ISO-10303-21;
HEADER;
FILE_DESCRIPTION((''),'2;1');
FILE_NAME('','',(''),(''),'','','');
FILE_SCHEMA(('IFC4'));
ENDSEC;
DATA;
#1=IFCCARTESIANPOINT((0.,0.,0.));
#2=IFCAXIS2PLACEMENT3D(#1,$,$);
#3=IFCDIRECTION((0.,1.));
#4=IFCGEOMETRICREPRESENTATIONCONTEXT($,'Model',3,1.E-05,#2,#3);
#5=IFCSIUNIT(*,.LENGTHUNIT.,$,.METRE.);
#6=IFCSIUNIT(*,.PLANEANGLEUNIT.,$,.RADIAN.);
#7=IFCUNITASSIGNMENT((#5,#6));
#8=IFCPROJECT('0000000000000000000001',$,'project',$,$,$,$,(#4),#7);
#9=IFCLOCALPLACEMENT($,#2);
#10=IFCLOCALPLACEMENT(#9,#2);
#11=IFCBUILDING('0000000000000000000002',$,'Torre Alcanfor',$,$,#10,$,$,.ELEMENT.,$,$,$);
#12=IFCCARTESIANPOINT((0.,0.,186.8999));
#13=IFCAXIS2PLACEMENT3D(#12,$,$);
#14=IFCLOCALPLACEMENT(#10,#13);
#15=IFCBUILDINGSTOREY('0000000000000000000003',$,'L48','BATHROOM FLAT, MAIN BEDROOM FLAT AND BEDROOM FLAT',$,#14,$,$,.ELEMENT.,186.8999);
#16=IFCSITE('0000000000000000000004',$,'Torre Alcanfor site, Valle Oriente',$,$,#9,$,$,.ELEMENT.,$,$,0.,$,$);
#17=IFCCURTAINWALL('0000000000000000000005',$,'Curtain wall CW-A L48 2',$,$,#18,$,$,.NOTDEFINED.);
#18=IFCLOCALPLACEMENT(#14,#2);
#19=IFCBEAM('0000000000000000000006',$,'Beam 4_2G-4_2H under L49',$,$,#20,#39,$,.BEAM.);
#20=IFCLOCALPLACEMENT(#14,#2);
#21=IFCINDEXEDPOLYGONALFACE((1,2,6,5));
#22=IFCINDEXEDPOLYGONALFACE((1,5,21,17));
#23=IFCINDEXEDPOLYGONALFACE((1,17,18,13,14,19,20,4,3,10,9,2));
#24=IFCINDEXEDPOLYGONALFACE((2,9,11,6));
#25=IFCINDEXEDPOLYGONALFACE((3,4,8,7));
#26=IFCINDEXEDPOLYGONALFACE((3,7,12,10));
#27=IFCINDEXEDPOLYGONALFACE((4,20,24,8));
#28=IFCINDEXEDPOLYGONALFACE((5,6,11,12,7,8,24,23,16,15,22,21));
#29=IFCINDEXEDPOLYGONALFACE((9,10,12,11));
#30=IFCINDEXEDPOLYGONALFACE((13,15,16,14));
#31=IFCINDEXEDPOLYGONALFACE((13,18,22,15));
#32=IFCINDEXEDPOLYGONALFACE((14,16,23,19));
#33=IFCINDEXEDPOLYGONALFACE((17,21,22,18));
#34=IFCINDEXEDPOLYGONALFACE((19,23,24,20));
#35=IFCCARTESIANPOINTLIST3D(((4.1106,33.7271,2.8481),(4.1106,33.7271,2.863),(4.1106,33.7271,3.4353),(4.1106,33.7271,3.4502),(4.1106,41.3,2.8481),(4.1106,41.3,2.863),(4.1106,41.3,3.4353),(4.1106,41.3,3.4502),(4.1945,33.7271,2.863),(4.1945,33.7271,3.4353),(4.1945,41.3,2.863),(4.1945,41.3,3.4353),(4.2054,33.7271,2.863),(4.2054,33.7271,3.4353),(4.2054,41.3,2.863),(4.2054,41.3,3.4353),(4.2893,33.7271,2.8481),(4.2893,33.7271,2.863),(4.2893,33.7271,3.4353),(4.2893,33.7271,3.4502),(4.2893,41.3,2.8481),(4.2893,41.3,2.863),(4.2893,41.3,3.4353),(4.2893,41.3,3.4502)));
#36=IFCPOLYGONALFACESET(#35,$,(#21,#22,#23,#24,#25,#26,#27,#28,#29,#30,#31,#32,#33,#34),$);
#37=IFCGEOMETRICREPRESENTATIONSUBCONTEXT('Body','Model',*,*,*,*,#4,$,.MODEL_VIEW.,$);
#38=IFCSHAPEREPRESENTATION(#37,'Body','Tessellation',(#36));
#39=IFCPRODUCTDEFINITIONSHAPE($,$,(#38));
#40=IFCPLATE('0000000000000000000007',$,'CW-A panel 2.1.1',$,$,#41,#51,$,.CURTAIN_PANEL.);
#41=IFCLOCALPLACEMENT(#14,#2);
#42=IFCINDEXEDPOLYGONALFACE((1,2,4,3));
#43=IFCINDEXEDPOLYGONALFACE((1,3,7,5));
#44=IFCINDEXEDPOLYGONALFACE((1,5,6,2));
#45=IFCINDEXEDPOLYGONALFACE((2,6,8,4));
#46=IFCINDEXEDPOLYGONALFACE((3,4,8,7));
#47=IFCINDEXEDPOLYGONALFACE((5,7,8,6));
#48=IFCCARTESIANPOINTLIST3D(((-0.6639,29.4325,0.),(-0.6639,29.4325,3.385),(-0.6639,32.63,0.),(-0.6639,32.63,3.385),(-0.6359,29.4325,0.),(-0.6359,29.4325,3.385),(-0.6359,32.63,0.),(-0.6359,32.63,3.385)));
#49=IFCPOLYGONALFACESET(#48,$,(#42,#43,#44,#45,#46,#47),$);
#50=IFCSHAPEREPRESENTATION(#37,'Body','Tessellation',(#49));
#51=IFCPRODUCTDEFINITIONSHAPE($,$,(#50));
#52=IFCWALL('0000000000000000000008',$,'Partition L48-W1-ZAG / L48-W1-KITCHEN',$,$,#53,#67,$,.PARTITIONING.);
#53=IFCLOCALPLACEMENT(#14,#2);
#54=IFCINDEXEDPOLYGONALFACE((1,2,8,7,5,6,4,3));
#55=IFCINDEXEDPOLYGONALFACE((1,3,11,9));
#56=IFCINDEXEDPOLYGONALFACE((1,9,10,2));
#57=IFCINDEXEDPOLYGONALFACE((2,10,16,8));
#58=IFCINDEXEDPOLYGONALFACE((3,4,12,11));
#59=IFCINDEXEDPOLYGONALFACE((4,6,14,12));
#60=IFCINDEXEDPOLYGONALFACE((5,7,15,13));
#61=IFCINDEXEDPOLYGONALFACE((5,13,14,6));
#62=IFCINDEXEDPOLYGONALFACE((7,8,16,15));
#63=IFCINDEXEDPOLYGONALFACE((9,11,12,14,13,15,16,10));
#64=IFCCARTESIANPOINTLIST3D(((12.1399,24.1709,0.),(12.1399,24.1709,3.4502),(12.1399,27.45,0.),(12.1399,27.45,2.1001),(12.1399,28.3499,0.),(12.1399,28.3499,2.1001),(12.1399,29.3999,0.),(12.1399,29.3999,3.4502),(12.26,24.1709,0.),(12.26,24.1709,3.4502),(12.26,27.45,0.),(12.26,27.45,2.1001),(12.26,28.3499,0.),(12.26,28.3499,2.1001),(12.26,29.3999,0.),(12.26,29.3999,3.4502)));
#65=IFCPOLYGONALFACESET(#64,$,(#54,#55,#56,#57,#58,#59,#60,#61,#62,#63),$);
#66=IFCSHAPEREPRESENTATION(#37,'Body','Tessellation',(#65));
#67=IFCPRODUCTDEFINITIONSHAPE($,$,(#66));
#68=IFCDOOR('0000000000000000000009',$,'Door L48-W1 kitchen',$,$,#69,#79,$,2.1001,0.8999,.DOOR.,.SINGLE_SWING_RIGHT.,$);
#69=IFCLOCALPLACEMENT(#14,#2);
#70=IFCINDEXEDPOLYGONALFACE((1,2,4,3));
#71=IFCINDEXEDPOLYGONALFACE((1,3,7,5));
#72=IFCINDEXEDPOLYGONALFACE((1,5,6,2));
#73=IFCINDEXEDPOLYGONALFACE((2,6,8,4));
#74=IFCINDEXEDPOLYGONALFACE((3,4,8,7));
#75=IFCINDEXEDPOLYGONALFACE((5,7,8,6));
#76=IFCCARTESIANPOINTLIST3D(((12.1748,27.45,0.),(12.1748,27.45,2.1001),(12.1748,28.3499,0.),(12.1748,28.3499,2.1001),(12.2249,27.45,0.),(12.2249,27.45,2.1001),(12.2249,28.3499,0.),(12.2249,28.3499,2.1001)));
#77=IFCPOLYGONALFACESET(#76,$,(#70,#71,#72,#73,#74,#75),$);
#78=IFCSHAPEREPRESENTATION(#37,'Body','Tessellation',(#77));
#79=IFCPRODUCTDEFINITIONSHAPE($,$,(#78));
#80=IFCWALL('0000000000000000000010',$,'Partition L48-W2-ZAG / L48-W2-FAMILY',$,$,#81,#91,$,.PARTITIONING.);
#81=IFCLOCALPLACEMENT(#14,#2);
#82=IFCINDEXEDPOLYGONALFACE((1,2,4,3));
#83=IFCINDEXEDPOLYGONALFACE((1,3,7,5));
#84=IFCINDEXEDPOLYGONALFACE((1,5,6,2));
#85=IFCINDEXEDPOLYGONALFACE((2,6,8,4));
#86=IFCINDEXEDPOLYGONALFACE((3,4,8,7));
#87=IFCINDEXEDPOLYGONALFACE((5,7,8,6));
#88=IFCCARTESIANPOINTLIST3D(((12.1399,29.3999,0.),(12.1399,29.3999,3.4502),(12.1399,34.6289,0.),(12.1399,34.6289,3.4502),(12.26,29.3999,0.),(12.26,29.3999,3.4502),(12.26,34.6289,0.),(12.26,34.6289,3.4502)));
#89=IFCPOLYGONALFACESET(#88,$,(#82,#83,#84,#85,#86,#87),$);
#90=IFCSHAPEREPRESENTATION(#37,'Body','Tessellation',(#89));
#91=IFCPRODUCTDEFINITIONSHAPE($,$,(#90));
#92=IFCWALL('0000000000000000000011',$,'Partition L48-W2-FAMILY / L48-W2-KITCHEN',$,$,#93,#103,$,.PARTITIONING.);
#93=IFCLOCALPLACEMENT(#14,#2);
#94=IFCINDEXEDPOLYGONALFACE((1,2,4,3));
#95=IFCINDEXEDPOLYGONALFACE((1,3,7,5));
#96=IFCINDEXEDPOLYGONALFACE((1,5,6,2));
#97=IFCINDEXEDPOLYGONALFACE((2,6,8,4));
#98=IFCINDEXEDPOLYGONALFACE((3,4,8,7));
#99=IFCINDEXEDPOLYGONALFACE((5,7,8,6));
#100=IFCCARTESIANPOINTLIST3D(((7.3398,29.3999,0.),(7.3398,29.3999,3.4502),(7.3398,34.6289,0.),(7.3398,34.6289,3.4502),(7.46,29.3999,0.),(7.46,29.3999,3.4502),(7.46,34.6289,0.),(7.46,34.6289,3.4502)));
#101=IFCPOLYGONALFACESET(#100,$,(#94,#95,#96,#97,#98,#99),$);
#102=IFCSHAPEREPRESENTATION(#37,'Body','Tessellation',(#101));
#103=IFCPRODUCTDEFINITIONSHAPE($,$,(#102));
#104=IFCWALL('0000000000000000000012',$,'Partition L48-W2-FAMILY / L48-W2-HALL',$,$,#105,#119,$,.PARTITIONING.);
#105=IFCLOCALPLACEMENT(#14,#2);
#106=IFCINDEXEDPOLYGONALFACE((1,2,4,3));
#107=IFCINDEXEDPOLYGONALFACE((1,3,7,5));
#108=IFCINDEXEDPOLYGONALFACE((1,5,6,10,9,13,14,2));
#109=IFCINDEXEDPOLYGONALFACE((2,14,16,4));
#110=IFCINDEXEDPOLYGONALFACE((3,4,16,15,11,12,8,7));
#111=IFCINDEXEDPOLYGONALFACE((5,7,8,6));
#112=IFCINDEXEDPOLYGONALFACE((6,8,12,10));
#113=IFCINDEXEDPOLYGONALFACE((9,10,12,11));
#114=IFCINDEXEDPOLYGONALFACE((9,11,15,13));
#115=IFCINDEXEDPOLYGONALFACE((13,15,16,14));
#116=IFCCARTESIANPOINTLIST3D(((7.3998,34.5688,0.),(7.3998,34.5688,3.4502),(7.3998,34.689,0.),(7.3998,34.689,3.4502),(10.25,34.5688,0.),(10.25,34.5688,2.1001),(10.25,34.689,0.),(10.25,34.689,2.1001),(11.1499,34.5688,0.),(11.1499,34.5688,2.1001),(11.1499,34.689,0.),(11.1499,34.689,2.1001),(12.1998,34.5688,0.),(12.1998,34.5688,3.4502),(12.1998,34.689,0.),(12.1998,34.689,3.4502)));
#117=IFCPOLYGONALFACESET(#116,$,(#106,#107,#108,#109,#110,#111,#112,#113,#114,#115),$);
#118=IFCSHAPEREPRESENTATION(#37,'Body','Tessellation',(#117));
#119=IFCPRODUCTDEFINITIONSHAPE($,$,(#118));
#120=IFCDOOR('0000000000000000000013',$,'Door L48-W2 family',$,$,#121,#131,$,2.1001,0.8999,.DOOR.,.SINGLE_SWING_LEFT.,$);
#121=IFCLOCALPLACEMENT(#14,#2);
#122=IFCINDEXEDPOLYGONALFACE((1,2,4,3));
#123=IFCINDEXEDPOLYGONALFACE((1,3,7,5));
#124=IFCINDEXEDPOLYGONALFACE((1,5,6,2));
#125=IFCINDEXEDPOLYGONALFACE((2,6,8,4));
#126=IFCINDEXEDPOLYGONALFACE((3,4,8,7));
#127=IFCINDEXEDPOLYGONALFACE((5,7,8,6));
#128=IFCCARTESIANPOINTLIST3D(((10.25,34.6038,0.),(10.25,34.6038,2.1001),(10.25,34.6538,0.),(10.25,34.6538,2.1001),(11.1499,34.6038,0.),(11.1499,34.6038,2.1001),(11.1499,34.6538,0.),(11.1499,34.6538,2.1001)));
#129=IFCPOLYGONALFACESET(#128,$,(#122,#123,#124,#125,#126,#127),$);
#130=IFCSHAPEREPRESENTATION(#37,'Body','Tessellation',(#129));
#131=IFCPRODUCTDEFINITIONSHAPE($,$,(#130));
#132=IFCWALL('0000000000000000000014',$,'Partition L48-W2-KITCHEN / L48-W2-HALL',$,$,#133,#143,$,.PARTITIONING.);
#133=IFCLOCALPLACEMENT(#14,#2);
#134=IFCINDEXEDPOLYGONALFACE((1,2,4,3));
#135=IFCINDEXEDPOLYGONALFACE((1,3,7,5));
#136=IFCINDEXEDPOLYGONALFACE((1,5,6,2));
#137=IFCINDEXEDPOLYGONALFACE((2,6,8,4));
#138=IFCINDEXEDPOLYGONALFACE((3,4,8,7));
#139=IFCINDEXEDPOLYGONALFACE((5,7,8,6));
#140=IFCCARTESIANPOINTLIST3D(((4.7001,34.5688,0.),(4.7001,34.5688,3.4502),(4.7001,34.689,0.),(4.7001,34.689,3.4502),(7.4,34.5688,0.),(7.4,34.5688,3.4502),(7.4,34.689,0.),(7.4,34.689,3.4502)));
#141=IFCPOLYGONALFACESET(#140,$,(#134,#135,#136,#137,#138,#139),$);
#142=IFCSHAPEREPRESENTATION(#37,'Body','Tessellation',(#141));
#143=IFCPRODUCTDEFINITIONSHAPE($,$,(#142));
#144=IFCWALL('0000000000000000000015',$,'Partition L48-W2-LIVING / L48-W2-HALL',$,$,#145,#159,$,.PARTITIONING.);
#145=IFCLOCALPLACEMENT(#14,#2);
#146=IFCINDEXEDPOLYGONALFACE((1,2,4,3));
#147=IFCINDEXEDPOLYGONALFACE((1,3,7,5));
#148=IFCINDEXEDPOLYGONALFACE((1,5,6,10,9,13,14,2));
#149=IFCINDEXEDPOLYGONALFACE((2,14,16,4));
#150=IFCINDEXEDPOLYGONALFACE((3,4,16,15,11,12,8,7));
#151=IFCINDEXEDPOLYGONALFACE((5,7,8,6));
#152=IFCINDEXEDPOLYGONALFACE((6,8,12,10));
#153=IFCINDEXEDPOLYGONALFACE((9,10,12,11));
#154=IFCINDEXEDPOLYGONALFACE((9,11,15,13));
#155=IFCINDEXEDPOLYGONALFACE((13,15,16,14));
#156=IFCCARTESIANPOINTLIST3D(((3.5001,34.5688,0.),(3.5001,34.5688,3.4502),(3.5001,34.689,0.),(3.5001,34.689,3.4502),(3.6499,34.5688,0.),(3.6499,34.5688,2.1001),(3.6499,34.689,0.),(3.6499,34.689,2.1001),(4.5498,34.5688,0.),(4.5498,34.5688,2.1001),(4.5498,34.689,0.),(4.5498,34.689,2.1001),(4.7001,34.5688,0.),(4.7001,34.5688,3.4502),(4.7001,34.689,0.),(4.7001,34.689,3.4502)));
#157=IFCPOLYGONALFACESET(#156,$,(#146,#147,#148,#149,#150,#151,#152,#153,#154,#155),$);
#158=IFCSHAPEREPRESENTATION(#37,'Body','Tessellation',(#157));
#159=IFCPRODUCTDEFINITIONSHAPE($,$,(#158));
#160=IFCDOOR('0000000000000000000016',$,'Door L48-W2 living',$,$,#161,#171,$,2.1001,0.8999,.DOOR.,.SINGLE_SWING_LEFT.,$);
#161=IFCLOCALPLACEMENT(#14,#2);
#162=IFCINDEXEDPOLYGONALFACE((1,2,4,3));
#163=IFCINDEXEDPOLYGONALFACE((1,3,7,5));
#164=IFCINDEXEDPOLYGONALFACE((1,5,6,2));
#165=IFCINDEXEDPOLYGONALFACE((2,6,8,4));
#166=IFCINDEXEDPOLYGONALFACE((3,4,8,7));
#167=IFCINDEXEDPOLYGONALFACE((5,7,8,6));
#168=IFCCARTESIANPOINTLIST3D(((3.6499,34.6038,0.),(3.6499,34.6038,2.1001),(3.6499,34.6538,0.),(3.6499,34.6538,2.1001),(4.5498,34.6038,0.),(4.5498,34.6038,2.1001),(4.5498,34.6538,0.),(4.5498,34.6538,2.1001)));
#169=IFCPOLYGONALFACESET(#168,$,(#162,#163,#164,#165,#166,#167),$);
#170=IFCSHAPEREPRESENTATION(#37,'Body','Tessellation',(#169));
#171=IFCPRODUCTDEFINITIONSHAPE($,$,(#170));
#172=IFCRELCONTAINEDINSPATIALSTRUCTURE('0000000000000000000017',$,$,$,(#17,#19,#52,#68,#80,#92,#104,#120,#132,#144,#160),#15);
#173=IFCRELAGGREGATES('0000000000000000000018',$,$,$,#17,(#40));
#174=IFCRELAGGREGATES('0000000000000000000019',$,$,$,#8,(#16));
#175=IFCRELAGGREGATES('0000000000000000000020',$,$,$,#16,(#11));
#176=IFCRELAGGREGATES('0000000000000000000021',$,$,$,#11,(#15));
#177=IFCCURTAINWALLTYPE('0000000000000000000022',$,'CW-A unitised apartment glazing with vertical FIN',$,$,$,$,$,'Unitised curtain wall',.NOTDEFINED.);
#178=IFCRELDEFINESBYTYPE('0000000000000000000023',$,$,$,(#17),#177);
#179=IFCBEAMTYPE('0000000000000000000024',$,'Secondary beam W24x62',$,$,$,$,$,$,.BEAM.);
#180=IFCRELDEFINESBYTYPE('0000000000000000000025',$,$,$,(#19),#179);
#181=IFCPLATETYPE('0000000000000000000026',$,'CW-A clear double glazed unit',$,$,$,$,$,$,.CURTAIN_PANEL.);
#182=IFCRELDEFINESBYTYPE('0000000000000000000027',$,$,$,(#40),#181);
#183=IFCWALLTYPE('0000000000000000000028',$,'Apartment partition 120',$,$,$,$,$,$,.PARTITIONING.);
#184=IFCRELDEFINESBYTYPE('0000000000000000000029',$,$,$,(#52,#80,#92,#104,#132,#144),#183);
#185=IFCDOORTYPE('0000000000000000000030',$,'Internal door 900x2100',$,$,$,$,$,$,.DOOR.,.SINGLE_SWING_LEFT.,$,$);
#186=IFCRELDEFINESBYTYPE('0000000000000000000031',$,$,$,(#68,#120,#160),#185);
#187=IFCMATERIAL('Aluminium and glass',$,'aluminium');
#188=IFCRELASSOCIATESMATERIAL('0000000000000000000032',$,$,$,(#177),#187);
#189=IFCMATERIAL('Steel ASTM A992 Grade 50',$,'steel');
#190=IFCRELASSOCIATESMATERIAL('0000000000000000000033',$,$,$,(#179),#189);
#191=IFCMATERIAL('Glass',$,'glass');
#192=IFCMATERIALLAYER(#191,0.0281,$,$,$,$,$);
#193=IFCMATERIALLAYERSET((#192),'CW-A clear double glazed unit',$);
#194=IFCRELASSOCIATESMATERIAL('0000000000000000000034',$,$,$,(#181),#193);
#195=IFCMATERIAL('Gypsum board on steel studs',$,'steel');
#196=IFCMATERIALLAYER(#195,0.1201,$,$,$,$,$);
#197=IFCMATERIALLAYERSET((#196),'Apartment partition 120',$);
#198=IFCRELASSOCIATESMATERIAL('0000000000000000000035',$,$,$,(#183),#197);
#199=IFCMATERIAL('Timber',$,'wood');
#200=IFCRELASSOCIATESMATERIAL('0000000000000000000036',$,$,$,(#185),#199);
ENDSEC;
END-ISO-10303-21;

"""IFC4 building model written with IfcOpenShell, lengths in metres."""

from ifc_helpers import new_model, si_unit, direction, frame, frame_2d, origin, origin_2d, place, context, subcontext, project, spatial, rectangle, i_section, extrude, material, layer, layer_set, material_profile, profile_set, type_object, element, fill, aggregate, save


model = new_model("IFC4")

# Units and contexts
model_context = context("Model", 3, precision=1e-05, world=origin(), true_north=direction((0.0, 1.0)))
body_context = subcontext(model_context, "Body", "Model", "MODEL_VIEW")
ifc_project = project(units=[si_unit("LENGTHUNIT", "METRE"), si_unit("PLANEANGLEUNIT", "RADIAN")], contexts=[model_context])

# Site, building, storey
site_placement = place(None, origin())
site = spatial("IfcSite", under=ifc_project, at=site_placement, Name="Torre Alcanfor site, Valle Oriente", CompositionType="ELEMENT", RefElevation=0.0)
building_placement = place(site_placement, origin())
building = spatial("IfcBuilding", under=site, at=building_placement, Name="Torre Alcanfor", CompositionType="ELEMENT")
storey_placement = place(building_placement, frame((0.0, 0.0, 186.8999)))
storey = spatial("IfcBuildingStorey", under=building, at=storey_placement, Name="L48", Description="BATHROOM FLAT, MAIN BEDROOM FLAT AND BEDROOM FLAT", CompositionType="ELEMENT", Elevation=186.8999)

# Curtain wall
ifc_material_1 = material(Name="Aluminium and glass", Category="aluminium")
curtain_wall_type = type_object("IfcCurtainWallType", Name="CW-A unitised apartment glazing with vertical FIN", ElementType="Unitised curtain wall", PredefinedType="NOTDEFINED", material=ifc_material_1)
curtain_wall_placement = place(storey_placement, origin())
curtain_wall = element("IfcCurtainWall", 1, at=curtain_wall_placement, inside=storey, type_object=curtain_wall_type, Name="Curtain wall CW-A L48 2", PredefinedType="NOTDEFINED")

# Beam
ifc_material_2 = material(Name="Steel ASTM A992 Grade 50", Category="steel")
ifc_material_profile_1 = material_profile(ifc_material_2, i_section(OverallWidth=0.1787, OverallDepth=0.6021, WebThickness=0.011, FlangeThickness=0.0149, at=origin_2d()), Name="W24x62")
ifc_profile_set_1 = profile_set([ifc_material_profile_1], Name="Steel ASTM A992 Grade 50")
beam_type_1 = type_object("IfcBeamType", Name="Secondary beam W24x62", PredefinedType="BEAM", material=ifc_profile_set_1)
beam_1_placement = place(storey_placement, frame((4.2, 33.7271, 3.1492), z_axis=(0.0, 1.0, 0.0), x_axis=(-1.0, 0.0, 0.0)))
element("IfcBeam", 2, at=beam_1_placement, inside=storey, type_object=beam_type_1, Name="Beam 4_2G-4_2H under L49", PredefinedType="BEAM", context=body_context, shape_type="SweptSolid", body=[
    extrude(i_section(OverallWidth=0.1787, OverallDepth=0.6021, WebThickness=0.011, FlangeThickness=0.0149, at=origin_2d()), origin(), (0.0, 0.0, 1.0), 7.573),
])

# Plate
ifc_material_3 = material(Name="Glass", Category="glass")
ifc_layer_1 = layer(ifc_material_3, 0.0281)
ifc_layer_set_1 = layer_set([ifc_layer_1], Name="CW-A clear double glazed unit")
plate_type = type_object("IfcPlateType", Name="CW-A clear double glazed unit", PredefinedType="CURTAIN_PANEL", material=ifc_layer_set_1)
plate_placement = place(storey_placement, frame((-0.6499, 31.0312, 0.0), z_axis=(0.0, 0.0, 1.0), x_axis=(0.0, -1.0, 0.0)))
plate = element("IfcPlate", 3, at=plate_placement, type_object=plate_type, Name="CW-A panel 2.1.1", PredefinedType="CURTAIN_PANEL", context=body_context, shape_type="SweptSolid", body=[
    extrude(rectangle(XDim=3.1975, YDim=0.0281, at=origin_2d()), origin(), (0.0, 0.0, 1.0), 3.385),
])
aggregate(curtain_wall, [plate])

# Wall, opening, door
ifc_material_4 = material(Name="Gypsum board on steel studs", Category="steel")
ifc_layer_2 = layer(ifc_material_4, 0.1201)
ifc_layer_set_2 = layer_set([ifc_layer_2], Name="Apartment partition 120")
wall_type_1 = type_object("IfcWallType", Name="Apartment partition 120", PredefinedType="PARTITIONING", material=ifc_layer_set_2)
wall_1_placement = place(storey_placement, frame((12.2, 29.3999, 0.0), z_axis=(0.0, 0.0, 1.0), x_axis=(0.0, -1.0, 0.0)))
wall_1 = element("IfcWall", 4, at=wall_1_placement, inside=storey, type_object=wall_type_1, Name="Partition L48-W1-ZAG / L48-W1-KITCHEN", PredefinedType="PARTITIONING", context=body_context, shape_type="SweptSolid", body=[
    extrude(rectangle(XDim=5.229, YDim=0.1201, at=frame_2d((2.6145, 0.0))), origin(), (0.0, 0.0, 1.0), 3.4502),
])
opening_1_placement = place(wall_1_placement, frame((1.05, 0.0, 0.0)))
opening_1 = element("IfcOpeningElement", 5, at=opening_1_placement, cuts=wall_1, PredefinedType="OPENING", context=body_context, shape_type="SweptSolid", body=[
    extrude(rectangle(XDim=0.8999, YDim=2.1001, at=frame_2d((0.45, 1.05))), frame((0.0, 0.0701, 0.0), z_axis=(0.0, -1.0, 0.0), x_axis=(1.0, 0.0, 0.0)), (0.0, 0.0, 1.0), 0.1401),
])
ifc_material_5 = material(Name="Timber", Category="wood")
door_type = type_object("IfcDoorType", Name="Internal door 900x2100", OperationType="SINGLE_SWING_LEFT", PredefinedType="DOOR", material=ifc_material_5)
door_1_placement = place(opening_1_placement, frame((0.8999, 0.0, 0.0), z_axis=(0.0, 0.0, 1.0), x_axis=(-1.0, 0.0, 0.0)))
door_1 = element("IfcDoor", 6, at=door_1_placement, inside=storey, type_object=door_type, Name="Door L48-W1 kitchen", OperationType="SINGLE_SWING_RIGHT", OverallHeight=2.1001, OverallWidth=0.8999, PredefinedType="DOOR", context=body_context, shape_type="SweptSolid", body=[
    extrude(rectangle(XDim=0.8999, YDim=2.1001, at=frame_2d((0.45, 1.05))), frame((0.0, 0.0251, 0.0), z_axis=(0.0, -1.0, 0.0), x_axis=(1.0, 0.0, 0.0)), (0.0, 0.0, 1.0), 0.05),
])
fill(opening_1, door_1)

# Walls
for number, where, z_axis, x_axis, name in (
    (7, (12.2, 29.3999, 0.0), (0.0, 0.0, 1.0), (0.0, 1.0, 0.0), "Partition L48-W2-ZAG / L48-W2-FAMILY"),
    (8, (7.3999, 29.3999, 0.0), (0.0, 0.0, 1.0), (0.0, 1.0, 0.0), "Partition L48-W2-FAMILY / L48-W2-KITCHEN"),
):
    element("IfcWall", number, at=place(storey_placement, frame(where, z_axis=z_axis, x_axis=x_axis)), inside=storey, type_object=wall_type_1, Name=name, PredefinedType="PARTITIONING", context=body_context, shape_type="SweptSolid", body=[
        extrude(rectangle(XDim=5.229, YDim=0.1201, at=frame_2d((2.6145, 0.0))), origin(), (0.0, 0.0, 1.0), 3.4502),
    ])

# Wall, opening, door
wall_2_placement = place(storey_placement, frame((7.3999, 34.6289, 0.0), z_axis=(0.0, 0.0, 1.0), x_axis=(1.0, 0.0, 0.0)))
wall_2 = element("IfcWall", 9, at=wall_2_placement, inside=storey, type_object=wall_type_1, Name="Partition L48-W2-FAMILY / L48-W2-HALL", PredefinedType="PARTITIONING", context=body_context, shape_type="SweptSolid", body=[
    extrude(rectangle(XDim=4.8, YDim=0.1201, at=frame_2d((2.3999, 0.0))), origin(), (0.0, 0.0, 1.0), 3.4502),
])
opening_2_placement = place(wall_2_placement, frame((2.8501, 0.0, 0.0)))
opening_2 = element("IfcOpeningElement", 10, at=opening_2_placement, cuts=wall_2, PredefinedType="OPENING", context=body_context, shape_type="SweptSolid", body=[
    extrude(rectangle(XDim=0.8999, YDim=2.1001, at=frame_2d((0.45, 1.05))), frame((0.0, 0.0701, 0.0), z_axis=(0.0, -1.0, 0.0), x_axis=(1.0, 0.0, 0.0)), (0.0, 0.0, 1.0), 0.1401),
])
door_2_placement = place(opening_2_placement, frame((0.8999, 0.0, 0.0), z_axis=(0.0, 0.0, 1.0), x_axis=(-1.0, 0.0, 0.0)))
door_2 = element("IfcDoor", 11, at=door_2_placement, inside=storey, type_object=door_type, Name="Door L48-W2 family", OperationType="SINGLE_SWING_LEFT", OverallHeight=2.1001, OverallWidth=0.8999, PredefinedType="DOOR", context=body_context, shape_type="SweptSolid", body=[
    extrude(rectangle(XDim=0.8999, YDim=2.1001, at=frame_2d((0.45, 1.05))), frame((0.0, 0.0251, 0.0), z_axis=(0.0, -1.0, 0.0), x_axis=(1.0, 0.0, 0.0)), (0.0, 0.0, 1.0), 0.05),
])
fill(opening_2, door_2)

# Wall
wall_3_placement = place(storey_placement, frame((4.7, 34.6289, 0.0), z_axis=(0.0, 0.0, 1.0), x_axis=(1.0, 0.0, 0.0)))
element("IfcWall", 12, at=wall_3_placement, inside=storey, type_object=wall_type_1, Name="Partition L48-W2-KITCHEN / L48-W2-HALL", PredefinedType="PARTITIONING", context=body_context, shape_type="SweptSolid", body=[
    extrude(rectangle(XDim=2.7, YDim=0.1201, at=frame_2d((1.3501, 0.0))), origin(), (0.0, 0.0, 1.0), 3.4502),
])

# Wall, opening, door
wall_4_placement = place(storey_placement, frame((3.5, 34.6289, 0.0), z_axis=(0.0, 0.0, 1.0), x_axis=(1.0, 0.0, 0.0)))
wall_4 = element("IfcWall", 13, at=wall_4_placement, inside=storey, type_object=wall_type_1, Name="Partition L48-W2-LIVING / L48-W2-HALL", PredefinedType="PARTITIONING", context=body_context, shape_type="SweptSolid", body=[
    extrude(rectangle(XDim=1.2, YDim=0.1201, at=frame_2d((0.6001, 0.0))), origin(), (0.0, 0.0, 1.0), 3.4502),
])
opening_3_placement = place(wall_4_placement, frame((0.1499, 0.0, 0.0)))
opening_3 = element("IfcOpeningElement", 14, at=opening_3_placement, cuts=wall_4, PredefinedType="OPENING", context=body_context, shape_type="SweptSolid", body=[
    extrude(rectangle(XDim=0.8999, YDim=2.1001, at=frame_2d((0.45, 1.05))), frame((0.0, 0.0701, 0.0), z_axis=(0.0, -1.0, 0.0), x_axis=(1.0, 0.0, 0.0)), (0.0, 0.0, 1.0), 0.1401),
])
door_3_placement = place(opening_3_placement, frame((0.8999, 0.0, 0.0), z_axis=(0.0, 0.0, 1.0), x_axis=(-1.0, 0.0, 0.0)))
door_3 = element("IfcDoor", 15, at=door_3_placement, inside=storey, type_object=door_type, Name="Door L48-W2 living", OperationType="SINGLE_SWING_LEFT", OverallHeight=2.1001, OverallWidth=0.8999, PredefinedType="DOOR", context=body_context, shape_type="SweptSolid", body=[
    extrude(rectangle(XDim=0.8999, YDim=2.1001, at=frame_2d((0.45, 1.05))), frame((0.0, 0.0251, 0.0), z_axis=(0.0, -1.0, 0.0), x_axis=(1.0, 0.0, 0.0)), (0.0, 0.0, 1.0), 0.05),
])
fill(opening_3, door_3)

save(model, "model.ifc")
